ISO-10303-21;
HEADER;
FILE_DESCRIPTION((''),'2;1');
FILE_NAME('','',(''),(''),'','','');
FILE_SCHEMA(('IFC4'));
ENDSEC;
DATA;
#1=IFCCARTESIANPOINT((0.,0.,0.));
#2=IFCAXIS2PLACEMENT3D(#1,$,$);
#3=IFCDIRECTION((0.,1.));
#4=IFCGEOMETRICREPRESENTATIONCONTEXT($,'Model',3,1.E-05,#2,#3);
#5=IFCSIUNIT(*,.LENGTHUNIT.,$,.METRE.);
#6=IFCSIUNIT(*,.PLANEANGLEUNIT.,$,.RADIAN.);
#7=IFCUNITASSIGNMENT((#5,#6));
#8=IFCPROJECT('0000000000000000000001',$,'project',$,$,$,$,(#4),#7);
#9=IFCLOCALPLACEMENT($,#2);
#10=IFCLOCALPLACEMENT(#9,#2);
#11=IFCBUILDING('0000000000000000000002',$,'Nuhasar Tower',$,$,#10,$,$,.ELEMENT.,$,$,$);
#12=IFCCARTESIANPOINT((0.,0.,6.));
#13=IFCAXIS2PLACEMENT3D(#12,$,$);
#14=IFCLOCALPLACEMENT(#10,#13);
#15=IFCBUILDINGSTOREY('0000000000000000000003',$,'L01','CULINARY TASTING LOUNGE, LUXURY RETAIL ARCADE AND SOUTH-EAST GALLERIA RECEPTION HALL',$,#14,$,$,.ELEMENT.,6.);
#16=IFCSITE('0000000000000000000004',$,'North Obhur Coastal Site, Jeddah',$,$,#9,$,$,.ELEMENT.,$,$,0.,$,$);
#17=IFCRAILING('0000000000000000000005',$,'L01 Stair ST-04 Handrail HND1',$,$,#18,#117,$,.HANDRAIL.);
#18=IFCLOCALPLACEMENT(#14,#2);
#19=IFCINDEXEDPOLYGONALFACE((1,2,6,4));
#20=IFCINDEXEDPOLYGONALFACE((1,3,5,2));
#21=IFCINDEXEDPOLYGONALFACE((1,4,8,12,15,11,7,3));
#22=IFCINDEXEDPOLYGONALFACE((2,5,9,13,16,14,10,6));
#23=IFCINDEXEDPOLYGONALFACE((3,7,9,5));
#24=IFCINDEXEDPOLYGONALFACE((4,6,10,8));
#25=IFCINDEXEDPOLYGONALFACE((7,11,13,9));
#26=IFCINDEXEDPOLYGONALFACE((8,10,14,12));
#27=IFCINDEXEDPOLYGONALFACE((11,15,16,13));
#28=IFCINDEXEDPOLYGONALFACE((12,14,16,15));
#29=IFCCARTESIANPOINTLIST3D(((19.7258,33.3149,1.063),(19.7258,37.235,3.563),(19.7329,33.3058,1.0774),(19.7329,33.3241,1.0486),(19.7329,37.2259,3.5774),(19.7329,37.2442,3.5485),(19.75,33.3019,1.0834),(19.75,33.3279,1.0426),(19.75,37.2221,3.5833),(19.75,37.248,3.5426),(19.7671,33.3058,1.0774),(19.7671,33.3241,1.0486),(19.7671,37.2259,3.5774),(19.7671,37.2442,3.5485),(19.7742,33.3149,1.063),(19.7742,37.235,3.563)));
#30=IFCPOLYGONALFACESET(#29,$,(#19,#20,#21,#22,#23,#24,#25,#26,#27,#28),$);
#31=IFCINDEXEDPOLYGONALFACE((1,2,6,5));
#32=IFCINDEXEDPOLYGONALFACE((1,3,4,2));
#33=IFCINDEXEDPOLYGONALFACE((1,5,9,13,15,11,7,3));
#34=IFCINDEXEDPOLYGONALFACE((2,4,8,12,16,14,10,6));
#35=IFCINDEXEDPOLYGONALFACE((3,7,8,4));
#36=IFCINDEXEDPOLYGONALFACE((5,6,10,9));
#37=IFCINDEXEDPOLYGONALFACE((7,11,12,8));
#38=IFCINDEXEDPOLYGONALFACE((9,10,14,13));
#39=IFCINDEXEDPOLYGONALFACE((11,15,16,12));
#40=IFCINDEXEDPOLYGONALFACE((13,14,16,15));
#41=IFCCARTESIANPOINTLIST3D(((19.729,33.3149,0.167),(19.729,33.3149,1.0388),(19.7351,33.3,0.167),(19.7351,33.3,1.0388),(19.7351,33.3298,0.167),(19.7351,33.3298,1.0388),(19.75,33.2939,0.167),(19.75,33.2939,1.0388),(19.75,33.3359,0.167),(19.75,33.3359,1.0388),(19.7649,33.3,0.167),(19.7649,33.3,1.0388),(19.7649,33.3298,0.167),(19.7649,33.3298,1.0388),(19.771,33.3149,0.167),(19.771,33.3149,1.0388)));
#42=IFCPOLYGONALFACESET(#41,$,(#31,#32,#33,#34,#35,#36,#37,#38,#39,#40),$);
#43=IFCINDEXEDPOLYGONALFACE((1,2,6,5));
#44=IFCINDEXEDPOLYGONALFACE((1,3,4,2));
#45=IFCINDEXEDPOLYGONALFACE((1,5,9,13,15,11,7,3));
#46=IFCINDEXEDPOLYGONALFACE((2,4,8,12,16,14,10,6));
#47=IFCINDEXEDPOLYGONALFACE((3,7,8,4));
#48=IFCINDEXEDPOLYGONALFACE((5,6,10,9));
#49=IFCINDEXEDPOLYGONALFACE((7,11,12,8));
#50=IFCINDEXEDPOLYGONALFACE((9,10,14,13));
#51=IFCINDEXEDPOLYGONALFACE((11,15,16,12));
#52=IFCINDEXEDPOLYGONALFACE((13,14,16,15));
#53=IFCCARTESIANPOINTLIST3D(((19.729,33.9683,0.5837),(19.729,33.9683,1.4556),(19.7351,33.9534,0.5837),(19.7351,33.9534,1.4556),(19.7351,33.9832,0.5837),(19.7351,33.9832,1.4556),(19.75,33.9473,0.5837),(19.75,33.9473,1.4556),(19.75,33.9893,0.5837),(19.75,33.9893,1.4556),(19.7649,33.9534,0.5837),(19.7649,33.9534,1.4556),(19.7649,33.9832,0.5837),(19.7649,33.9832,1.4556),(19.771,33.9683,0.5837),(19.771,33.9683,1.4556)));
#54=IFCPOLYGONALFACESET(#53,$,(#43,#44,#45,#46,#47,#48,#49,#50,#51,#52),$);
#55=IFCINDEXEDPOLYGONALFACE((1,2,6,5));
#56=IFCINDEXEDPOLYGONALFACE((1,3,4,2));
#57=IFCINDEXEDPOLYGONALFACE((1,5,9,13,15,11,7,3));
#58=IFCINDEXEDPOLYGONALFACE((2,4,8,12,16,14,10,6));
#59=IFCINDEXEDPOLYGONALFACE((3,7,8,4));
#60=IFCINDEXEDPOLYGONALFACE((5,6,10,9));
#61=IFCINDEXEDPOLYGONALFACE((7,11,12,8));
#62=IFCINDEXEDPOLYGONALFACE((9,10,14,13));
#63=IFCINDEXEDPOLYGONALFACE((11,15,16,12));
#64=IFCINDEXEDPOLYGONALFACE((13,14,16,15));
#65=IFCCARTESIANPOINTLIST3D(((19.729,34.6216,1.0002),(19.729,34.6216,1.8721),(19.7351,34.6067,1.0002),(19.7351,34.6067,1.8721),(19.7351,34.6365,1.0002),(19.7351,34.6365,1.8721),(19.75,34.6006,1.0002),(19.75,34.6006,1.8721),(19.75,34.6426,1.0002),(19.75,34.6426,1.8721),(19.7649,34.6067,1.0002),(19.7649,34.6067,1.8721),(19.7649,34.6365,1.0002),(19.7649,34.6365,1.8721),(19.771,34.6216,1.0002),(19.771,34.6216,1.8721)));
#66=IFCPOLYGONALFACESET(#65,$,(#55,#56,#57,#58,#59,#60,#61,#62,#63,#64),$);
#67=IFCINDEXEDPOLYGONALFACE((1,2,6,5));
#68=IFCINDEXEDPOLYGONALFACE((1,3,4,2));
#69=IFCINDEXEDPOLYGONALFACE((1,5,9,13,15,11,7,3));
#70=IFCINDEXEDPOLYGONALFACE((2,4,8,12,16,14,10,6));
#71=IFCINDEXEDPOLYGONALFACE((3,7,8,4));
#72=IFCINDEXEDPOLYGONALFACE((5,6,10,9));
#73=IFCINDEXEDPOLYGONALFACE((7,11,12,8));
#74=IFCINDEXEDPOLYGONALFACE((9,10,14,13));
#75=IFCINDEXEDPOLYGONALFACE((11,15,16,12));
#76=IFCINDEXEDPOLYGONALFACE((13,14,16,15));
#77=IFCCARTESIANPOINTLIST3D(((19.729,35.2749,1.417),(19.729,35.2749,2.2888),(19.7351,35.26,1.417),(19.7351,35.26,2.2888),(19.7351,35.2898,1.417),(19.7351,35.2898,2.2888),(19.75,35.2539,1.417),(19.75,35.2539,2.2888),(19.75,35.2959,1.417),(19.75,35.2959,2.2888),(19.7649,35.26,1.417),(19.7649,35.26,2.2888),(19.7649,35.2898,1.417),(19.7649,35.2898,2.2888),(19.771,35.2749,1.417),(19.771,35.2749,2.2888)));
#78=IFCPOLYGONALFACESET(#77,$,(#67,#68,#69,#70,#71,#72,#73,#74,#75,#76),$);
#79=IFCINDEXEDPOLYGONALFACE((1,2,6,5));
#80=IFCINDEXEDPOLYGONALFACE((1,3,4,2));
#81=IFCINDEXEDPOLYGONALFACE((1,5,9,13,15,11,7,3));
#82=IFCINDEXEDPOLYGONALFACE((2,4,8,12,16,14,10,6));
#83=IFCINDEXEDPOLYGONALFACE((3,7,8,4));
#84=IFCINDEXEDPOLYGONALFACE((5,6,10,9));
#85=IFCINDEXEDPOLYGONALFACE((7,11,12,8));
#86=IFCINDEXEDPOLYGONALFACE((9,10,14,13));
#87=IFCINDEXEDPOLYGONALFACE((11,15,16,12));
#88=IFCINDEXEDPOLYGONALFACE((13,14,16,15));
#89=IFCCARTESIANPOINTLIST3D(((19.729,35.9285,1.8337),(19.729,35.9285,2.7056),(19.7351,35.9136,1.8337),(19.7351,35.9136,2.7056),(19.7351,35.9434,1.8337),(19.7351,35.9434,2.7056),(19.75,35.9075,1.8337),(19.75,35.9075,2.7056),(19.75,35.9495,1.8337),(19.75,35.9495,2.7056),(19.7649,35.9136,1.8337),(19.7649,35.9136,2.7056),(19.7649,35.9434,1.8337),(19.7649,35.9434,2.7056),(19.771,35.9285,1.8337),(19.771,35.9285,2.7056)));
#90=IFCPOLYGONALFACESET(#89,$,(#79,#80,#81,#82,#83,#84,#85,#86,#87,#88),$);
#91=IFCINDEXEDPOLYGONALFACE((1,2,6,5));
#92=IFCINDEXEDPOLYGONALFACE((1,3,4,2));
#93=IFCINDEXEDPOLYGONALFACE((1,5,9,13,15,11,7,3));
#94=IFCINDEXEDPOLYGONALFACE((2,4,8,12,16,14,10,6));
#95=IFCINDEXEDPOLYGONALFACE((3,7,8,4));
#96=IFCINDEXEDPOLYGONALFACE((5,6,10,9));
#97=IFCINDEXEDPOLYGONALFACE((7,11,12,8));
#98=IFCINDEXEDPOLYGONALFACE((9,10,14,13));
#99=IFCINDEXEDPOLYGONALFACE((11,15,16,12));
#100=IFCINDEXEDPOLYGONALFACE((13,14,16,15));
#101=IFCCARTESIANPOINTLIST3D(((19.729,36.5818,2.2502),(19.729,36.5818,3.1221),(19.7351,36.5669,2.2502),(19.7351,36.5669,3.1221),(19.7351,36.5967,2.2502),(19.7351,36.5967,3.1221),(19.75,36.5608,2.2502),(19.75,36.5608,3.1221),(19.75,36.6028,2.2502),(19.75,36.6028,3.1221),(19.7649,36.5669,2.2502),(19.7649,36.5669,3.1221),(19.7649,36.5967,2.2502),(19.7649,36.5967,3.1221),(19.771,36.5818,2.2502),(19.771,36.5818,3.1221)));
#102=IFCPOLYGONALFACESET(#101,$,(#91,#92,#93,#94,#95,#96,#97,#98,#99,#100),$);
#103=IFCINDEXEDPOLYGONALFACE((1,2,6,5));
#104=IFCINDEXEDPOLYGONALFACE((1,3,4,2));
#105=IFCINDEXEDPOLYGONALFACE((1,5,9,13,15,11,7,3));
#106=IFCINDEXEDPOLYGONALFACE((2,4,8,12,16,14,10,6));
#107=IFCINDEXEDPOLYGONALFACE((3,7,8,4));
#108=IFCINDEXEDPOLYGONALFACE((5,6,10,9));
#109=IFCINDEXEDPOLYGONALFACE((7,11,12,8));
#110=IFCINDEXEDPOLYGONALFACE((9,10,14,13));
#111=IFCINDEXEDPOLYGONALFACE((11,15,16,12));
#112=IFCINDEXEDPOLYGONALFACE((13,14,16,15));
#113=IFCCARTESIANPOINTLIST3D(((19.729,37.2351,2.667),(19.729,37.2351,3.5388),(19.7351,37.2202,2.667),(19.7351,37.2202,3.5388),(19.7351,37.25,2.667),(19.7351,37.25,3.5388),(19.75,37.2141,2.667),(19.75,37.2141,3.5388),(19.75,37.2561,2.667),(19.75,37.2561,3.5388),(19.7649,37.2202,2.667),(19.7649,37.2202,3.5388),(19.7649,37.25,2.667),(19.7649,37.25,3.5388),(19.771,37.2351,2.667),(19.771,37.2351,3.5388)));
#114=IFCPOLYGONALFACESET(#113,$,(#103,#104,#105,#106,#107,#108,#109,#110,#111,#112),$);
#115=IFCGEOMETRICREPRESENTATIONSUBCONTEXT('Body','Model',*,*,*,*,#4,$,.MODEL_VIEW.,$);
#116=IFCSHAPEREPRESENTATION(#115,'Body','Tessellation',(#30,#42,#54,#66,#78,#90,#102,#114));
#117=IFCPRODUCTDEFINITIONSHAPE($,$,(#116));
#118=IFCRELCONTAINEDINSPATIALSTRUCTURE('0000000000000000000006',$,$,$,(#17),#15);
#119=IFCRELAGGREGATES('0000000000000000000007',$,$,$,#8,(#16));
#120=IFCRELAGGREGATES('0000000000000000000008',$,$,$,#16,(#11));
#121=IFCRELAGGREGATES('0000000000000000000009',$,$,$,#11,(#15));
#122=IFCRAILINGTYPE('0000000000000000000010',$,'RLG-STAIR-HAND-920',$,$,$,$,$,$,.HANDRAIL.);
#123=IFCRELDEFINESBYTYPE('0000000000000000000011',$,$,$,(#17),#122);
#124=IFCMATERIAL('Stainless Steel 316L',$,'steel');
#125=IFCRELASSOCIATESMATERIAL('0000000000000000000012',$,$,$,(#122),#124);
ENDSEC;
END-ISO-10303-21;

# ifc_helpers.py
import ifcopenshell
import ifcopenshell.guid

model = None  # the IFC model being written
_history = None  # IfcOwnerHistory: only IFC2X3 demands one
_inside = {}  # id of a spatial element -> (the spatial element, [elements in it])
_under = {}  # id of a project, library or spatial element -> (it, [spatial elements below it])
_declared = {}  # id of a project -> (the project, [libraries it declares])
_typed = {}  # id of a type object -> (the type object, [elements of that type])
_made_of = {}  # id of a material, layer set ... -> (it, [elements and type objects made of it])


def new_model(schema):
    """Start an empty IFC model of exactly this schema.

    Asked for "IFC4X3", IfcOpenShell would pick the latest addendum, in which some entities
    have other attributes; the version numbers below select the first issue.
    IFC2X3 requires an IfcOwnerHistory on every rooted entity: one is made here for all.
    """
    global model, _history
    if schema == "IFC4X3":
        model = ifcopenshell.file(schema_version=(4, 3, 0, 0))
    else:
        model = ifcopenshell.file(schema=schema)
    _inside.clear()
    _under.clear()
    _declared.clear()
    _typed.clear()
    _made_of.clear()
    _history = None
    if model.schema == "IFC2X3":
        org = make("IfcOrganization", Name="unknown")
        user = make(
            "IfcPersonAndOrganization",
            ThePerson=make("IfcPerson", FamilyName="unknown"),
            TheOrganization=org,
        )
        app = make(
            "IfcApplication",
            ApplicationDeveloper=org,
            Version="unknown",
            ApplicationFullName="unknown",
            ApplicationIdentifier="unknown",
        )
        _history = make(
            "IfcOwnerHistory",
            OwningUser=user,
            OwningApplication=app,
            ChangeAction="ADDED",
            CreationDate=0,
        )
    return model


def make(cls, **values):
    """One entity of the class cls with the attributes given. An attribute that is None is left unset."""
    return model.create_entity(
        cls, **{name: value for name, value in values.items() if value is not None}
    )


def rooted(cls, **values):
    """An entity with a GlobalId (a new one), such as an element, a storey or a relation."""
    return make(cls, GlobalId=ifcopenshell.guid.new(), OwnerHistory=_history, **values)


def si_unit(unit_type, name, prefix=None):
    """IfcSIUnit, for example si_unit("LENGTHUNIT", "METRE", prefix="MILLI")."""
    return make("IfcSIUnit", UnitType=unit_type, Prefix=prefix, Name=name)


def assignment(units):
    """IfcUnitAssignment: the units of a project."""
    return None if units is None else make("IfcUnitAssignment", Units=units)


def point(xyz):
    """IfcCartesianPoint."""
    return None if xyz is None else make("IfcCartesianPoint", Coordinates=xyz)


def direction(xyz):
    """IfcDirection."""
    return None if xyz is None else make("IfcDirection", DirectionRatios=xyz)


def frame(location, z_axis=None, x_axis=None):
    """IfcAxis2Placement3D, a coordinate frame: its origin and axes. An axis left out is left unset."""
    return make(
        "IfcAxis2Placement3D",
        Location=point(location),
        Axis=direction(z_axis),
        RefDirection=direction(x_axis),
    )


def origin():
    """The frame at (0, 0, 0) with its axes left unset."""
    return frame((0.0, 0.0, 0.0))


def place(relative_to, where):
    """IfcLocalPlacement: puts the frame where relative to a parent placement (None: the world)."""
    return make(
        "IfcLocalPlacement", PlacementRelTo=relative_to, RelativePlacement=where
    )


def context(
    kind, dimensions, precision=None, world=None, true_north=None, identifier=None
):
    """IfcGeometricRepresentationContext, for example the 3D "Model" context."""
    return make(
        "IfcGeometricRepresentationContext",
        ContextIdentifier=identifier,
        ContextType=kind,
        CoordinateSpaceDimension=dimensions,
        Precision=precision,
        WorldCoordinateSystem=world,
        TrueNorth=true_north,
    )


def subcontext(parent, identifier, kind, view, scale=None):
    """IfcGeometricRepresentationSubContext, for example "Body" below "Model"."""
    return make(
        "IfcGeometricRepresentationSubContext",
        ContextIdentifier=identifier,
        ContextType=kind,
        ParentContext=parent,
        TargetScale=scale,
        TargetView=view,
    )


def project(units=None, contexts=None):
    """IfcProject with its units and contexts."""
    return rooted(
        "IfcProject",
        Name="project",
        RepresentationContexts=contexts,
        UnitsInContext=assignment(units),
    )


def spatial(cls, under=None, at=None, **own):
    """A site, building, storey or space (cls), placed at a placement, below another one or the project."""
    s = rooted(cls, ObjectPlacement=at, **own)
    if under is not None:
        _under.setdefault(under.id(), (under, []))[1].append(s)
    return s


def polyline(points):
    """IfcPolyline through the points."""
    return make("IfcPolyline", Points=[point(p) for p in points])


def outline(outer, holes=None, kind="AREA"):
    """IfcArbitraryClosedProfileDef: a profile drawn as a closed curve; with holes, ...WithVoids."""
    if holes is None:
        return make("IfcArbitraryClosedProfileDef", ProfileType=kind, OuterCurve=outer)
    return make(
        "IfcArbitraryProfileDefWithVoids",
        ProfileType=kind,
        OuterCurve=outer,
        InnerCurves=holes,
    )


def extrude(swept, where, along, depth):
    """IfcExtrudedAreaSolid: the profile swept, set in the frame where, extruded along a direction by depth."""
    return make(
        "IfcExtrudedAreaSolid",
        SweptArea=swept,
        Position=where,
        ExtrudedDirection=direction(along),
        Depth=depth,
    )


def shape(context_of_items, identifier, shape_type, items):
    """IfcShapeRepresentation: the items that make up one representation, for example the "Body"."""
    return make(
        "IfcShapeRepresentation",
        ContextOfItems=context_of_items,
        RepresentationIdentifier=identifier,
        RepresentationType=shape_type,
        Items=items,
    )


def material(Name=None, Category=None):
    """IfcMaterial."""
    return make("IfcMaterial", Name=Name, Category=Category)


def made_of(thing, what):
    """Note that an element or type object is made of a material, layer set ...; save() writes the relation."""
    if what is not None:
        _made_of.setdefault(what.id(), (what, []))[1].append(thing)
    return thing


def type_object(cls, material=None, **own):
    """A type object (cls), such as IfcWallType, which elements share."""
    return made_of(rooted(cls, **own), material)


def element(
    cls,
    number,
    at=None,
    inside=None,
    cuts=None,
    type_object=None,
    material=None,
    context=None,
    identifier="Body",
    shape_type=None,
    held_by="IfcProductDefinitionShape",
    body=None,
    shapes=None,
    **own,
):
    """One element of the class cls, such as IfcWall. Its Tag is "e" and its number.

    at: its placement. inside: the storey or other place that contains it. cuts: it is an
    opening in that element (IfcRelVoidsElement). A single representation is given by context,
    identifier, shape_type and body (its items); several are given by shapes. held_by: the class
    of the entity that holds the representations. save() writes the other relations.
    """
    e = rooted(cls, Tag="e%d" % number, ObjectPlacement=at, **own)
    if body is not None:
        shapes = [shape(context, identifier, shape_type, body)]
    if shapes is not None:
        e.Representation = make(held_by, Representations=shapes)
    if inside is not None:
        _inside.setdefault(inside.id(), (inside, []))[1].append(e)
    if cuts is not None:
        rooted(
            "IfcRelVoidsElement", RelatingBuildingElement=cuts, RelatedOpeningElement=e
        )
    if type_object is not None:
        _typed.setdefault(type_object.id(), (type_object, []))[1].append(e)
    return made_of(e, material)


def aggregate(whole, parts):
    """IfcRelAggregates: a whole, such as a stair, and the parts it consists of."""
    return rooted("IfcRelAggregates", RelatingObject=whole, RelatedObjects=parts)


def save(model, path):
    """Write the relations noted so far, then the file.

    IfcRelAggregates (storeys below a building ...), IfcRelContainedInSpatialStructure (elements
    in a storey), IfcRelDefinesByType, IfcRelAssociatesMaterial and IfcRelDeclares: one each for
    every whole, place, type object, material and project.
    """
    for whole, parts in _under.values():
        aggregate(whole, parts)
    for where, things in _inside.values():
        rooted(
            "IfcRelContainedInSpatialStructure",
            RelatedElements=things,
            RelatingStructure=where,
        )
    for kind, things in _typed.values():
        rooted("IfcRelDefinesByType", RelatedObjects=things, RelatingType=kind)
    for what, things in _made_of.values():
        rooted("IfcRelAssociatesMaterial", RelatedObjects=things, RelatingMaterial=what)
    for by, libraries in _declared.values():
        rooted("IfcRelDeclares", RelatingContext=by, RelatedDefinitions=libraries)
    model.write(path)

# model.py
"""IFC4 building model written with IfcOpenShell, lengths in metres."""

from ifc_helpers import new_model, si_unit, direction, frame, origin, place, context, subcontext, project, spatial, polyline, outline, extrude, material, type_object, element, save


model = new_model("IFC4")

# Units and contexts
model_context = context("Model", 3, precision=1e-05, world=origin(), true_north=direction((0.0, 1.0)))
body_context = subcontext(model_context, "Body", "Model", "MODEL_VIEW")
ifc_project = project(units=[si_unit("LENGTHUNIT", "METRE"), si_unit("PLANEANGLEUNIT", "RADIAN")], contexts=[model_context])

# Site, building, storey
site_placement = place(None, origin())
site = spatial("IfcSite", under=ifc_project, at=site_placement, Name="North Obhur Coastal Site, Jeddah", CompositionType="ELEMENT", RefElevation=0.0)
building_placement = place(site_placement, origin())
building = spatial("IfcBuilding", under=site, at=building_placement, Name="Nuhasar Tower", CompositionType="ELEMENT")
storey_placement = place(building_placement, frame((0.0, 0.0, 6.0)))
storey = spatial("IfcBuildingStorey", under=building, at=storey_placement, Name="L01", Description="CULINARY TASTING LOUNGE, LUXURY RETAIL ARCADE AND SOUTH-EAST GALLERIA RECEPTION HALL", CompositionType="ELEMENT", Elevation=6.0)

# Railing
ifc_material_1 = material(Name="Stainless Steel 316L", Category="steel")
railing_type_1 = type_object("IfcRailingType", Name="RLG-STAIR-HAND-920", PredefinedType="HANDRAIL", material=ifc_material_1)
railing_1_placement = place(storey_placement, frame((19.75, 33.3149, 0.167)))
element("IfcRailing", 1, at=railing_1_placement, inside=storey, type_object=railing_type_1, Name="L01 Stair ST-04 Handrail HND1", PredefinedType="HANDRAIL", context=body_context, shape_type="SweptSolid", body=[
    extrude(outline(polyline([(0.0242, 0.0), (0.0171, 0.0171), (0.0, 0.0242), (-0.0171, 0.0171), (-0.0242, 0.0), (-0.0171, -0.0171), (0.0, -0.0242), (0.0171, -0.0171), (0.0242, 0.0)])), frame((0.0, 0.0, 0.896), z_axis=(0.0, 0.84314, 0.537694), x_axis=(-1.0, 0.0, 0.0)), (0.0, 0.0, 1.0), 4.6494),
    extrude(outline(polyline([(0.021, 0.0), (0.0149, 0.0149), (0.0, 0.021), (-0.0149, 0.0149), (-0.021, 0.0), (-0.0149, -0.0149), (0.0, -0.021), (0.0149, -0.0149), (0.021, 0.0)])), origin(), (0.0, 0.0, 1.0), 0.8718),
    extrude(outline(polyline([(0.021, 0.0), (0.0149, 0.0149), (0.0, 0.021), (-0.0149, 0.0149), (-0.021, 0.0), (-0.0149, -0.0149), (0.0, -0.021), (0.0149, -0.0149), (0.021, 0.0)])), frame((0.0, 0.6533, 0.4167)), (0.0, 0.0, 1.0), 0.8718),
    extrude(outline(polyline([(0.021, 0.0), (0.0149, 0.0149), (0.0, 0.021), (-0.0149, 0.0149), (-0.021, 0.0), (-0.0149, -0.0149), (0.0, -0.021), (0.0149, -0.0149), (0.021, 0.0)])), frame((0.0, 1.3066, 0.8333)), (0.0, 0.0, 1.0), 0.8718),
    extrude(outline(polyline([(0.021, 0.0), (0.0149, 0.0149), (0.0, 0.021), (-0.0149, 0.0149), (-0.021, 0.0), (-0.0149, -0.0149), (0.0, -0.021), (0.0149, -0.0149), (0.021, 0.0)])), frame((0.0, 1.96, 1.25)), (0.0, 0.0, 1.0), 0.8718),
    extrude(outline(polyline([(0.021, 0.0), (0.0149, 0.0149), (0.0, 0.021), (-0.0149, 0.0149), (-0.021, 0.0), (-0.0149, -0.0149), (0.0, -0.021), (0.0149, -0.0149), (0.021, 0.0)])), frame((0.0, 2.6135, 1.6667)), (0.0, 0.0, 1.0), 0.8718),
    extrude(outline(polyline([(0.021, 0.0), (0.0149, 0.0149), (0.0, 0.021), (-0.0149, 0.0149), (-0.021, 0.0), (-0.0149, -0.0149), (0.0, -0.021), (0.0149, -0.0149), (0.021, 0.0)])), frame((0.0, 3.2668, 2.0833)), (0.0, 0.0, 1.0), 0.8718),
    extrude(outline(polyline([(0.021, 0.0), (0.0149, 0.0149), (0.0, 0.021), (-0.0149, 0.0149), (-0.021, 0.0), (-0.0149, -0.0149), (0.0, -0.021), (0.0149, -0.0149), (0.021, 0.0)])), frame((0.0, 3.9202, 2.5)), (0.0, 0.0, 1.0), 0.8718),
])

save(model, "model.ifc")
